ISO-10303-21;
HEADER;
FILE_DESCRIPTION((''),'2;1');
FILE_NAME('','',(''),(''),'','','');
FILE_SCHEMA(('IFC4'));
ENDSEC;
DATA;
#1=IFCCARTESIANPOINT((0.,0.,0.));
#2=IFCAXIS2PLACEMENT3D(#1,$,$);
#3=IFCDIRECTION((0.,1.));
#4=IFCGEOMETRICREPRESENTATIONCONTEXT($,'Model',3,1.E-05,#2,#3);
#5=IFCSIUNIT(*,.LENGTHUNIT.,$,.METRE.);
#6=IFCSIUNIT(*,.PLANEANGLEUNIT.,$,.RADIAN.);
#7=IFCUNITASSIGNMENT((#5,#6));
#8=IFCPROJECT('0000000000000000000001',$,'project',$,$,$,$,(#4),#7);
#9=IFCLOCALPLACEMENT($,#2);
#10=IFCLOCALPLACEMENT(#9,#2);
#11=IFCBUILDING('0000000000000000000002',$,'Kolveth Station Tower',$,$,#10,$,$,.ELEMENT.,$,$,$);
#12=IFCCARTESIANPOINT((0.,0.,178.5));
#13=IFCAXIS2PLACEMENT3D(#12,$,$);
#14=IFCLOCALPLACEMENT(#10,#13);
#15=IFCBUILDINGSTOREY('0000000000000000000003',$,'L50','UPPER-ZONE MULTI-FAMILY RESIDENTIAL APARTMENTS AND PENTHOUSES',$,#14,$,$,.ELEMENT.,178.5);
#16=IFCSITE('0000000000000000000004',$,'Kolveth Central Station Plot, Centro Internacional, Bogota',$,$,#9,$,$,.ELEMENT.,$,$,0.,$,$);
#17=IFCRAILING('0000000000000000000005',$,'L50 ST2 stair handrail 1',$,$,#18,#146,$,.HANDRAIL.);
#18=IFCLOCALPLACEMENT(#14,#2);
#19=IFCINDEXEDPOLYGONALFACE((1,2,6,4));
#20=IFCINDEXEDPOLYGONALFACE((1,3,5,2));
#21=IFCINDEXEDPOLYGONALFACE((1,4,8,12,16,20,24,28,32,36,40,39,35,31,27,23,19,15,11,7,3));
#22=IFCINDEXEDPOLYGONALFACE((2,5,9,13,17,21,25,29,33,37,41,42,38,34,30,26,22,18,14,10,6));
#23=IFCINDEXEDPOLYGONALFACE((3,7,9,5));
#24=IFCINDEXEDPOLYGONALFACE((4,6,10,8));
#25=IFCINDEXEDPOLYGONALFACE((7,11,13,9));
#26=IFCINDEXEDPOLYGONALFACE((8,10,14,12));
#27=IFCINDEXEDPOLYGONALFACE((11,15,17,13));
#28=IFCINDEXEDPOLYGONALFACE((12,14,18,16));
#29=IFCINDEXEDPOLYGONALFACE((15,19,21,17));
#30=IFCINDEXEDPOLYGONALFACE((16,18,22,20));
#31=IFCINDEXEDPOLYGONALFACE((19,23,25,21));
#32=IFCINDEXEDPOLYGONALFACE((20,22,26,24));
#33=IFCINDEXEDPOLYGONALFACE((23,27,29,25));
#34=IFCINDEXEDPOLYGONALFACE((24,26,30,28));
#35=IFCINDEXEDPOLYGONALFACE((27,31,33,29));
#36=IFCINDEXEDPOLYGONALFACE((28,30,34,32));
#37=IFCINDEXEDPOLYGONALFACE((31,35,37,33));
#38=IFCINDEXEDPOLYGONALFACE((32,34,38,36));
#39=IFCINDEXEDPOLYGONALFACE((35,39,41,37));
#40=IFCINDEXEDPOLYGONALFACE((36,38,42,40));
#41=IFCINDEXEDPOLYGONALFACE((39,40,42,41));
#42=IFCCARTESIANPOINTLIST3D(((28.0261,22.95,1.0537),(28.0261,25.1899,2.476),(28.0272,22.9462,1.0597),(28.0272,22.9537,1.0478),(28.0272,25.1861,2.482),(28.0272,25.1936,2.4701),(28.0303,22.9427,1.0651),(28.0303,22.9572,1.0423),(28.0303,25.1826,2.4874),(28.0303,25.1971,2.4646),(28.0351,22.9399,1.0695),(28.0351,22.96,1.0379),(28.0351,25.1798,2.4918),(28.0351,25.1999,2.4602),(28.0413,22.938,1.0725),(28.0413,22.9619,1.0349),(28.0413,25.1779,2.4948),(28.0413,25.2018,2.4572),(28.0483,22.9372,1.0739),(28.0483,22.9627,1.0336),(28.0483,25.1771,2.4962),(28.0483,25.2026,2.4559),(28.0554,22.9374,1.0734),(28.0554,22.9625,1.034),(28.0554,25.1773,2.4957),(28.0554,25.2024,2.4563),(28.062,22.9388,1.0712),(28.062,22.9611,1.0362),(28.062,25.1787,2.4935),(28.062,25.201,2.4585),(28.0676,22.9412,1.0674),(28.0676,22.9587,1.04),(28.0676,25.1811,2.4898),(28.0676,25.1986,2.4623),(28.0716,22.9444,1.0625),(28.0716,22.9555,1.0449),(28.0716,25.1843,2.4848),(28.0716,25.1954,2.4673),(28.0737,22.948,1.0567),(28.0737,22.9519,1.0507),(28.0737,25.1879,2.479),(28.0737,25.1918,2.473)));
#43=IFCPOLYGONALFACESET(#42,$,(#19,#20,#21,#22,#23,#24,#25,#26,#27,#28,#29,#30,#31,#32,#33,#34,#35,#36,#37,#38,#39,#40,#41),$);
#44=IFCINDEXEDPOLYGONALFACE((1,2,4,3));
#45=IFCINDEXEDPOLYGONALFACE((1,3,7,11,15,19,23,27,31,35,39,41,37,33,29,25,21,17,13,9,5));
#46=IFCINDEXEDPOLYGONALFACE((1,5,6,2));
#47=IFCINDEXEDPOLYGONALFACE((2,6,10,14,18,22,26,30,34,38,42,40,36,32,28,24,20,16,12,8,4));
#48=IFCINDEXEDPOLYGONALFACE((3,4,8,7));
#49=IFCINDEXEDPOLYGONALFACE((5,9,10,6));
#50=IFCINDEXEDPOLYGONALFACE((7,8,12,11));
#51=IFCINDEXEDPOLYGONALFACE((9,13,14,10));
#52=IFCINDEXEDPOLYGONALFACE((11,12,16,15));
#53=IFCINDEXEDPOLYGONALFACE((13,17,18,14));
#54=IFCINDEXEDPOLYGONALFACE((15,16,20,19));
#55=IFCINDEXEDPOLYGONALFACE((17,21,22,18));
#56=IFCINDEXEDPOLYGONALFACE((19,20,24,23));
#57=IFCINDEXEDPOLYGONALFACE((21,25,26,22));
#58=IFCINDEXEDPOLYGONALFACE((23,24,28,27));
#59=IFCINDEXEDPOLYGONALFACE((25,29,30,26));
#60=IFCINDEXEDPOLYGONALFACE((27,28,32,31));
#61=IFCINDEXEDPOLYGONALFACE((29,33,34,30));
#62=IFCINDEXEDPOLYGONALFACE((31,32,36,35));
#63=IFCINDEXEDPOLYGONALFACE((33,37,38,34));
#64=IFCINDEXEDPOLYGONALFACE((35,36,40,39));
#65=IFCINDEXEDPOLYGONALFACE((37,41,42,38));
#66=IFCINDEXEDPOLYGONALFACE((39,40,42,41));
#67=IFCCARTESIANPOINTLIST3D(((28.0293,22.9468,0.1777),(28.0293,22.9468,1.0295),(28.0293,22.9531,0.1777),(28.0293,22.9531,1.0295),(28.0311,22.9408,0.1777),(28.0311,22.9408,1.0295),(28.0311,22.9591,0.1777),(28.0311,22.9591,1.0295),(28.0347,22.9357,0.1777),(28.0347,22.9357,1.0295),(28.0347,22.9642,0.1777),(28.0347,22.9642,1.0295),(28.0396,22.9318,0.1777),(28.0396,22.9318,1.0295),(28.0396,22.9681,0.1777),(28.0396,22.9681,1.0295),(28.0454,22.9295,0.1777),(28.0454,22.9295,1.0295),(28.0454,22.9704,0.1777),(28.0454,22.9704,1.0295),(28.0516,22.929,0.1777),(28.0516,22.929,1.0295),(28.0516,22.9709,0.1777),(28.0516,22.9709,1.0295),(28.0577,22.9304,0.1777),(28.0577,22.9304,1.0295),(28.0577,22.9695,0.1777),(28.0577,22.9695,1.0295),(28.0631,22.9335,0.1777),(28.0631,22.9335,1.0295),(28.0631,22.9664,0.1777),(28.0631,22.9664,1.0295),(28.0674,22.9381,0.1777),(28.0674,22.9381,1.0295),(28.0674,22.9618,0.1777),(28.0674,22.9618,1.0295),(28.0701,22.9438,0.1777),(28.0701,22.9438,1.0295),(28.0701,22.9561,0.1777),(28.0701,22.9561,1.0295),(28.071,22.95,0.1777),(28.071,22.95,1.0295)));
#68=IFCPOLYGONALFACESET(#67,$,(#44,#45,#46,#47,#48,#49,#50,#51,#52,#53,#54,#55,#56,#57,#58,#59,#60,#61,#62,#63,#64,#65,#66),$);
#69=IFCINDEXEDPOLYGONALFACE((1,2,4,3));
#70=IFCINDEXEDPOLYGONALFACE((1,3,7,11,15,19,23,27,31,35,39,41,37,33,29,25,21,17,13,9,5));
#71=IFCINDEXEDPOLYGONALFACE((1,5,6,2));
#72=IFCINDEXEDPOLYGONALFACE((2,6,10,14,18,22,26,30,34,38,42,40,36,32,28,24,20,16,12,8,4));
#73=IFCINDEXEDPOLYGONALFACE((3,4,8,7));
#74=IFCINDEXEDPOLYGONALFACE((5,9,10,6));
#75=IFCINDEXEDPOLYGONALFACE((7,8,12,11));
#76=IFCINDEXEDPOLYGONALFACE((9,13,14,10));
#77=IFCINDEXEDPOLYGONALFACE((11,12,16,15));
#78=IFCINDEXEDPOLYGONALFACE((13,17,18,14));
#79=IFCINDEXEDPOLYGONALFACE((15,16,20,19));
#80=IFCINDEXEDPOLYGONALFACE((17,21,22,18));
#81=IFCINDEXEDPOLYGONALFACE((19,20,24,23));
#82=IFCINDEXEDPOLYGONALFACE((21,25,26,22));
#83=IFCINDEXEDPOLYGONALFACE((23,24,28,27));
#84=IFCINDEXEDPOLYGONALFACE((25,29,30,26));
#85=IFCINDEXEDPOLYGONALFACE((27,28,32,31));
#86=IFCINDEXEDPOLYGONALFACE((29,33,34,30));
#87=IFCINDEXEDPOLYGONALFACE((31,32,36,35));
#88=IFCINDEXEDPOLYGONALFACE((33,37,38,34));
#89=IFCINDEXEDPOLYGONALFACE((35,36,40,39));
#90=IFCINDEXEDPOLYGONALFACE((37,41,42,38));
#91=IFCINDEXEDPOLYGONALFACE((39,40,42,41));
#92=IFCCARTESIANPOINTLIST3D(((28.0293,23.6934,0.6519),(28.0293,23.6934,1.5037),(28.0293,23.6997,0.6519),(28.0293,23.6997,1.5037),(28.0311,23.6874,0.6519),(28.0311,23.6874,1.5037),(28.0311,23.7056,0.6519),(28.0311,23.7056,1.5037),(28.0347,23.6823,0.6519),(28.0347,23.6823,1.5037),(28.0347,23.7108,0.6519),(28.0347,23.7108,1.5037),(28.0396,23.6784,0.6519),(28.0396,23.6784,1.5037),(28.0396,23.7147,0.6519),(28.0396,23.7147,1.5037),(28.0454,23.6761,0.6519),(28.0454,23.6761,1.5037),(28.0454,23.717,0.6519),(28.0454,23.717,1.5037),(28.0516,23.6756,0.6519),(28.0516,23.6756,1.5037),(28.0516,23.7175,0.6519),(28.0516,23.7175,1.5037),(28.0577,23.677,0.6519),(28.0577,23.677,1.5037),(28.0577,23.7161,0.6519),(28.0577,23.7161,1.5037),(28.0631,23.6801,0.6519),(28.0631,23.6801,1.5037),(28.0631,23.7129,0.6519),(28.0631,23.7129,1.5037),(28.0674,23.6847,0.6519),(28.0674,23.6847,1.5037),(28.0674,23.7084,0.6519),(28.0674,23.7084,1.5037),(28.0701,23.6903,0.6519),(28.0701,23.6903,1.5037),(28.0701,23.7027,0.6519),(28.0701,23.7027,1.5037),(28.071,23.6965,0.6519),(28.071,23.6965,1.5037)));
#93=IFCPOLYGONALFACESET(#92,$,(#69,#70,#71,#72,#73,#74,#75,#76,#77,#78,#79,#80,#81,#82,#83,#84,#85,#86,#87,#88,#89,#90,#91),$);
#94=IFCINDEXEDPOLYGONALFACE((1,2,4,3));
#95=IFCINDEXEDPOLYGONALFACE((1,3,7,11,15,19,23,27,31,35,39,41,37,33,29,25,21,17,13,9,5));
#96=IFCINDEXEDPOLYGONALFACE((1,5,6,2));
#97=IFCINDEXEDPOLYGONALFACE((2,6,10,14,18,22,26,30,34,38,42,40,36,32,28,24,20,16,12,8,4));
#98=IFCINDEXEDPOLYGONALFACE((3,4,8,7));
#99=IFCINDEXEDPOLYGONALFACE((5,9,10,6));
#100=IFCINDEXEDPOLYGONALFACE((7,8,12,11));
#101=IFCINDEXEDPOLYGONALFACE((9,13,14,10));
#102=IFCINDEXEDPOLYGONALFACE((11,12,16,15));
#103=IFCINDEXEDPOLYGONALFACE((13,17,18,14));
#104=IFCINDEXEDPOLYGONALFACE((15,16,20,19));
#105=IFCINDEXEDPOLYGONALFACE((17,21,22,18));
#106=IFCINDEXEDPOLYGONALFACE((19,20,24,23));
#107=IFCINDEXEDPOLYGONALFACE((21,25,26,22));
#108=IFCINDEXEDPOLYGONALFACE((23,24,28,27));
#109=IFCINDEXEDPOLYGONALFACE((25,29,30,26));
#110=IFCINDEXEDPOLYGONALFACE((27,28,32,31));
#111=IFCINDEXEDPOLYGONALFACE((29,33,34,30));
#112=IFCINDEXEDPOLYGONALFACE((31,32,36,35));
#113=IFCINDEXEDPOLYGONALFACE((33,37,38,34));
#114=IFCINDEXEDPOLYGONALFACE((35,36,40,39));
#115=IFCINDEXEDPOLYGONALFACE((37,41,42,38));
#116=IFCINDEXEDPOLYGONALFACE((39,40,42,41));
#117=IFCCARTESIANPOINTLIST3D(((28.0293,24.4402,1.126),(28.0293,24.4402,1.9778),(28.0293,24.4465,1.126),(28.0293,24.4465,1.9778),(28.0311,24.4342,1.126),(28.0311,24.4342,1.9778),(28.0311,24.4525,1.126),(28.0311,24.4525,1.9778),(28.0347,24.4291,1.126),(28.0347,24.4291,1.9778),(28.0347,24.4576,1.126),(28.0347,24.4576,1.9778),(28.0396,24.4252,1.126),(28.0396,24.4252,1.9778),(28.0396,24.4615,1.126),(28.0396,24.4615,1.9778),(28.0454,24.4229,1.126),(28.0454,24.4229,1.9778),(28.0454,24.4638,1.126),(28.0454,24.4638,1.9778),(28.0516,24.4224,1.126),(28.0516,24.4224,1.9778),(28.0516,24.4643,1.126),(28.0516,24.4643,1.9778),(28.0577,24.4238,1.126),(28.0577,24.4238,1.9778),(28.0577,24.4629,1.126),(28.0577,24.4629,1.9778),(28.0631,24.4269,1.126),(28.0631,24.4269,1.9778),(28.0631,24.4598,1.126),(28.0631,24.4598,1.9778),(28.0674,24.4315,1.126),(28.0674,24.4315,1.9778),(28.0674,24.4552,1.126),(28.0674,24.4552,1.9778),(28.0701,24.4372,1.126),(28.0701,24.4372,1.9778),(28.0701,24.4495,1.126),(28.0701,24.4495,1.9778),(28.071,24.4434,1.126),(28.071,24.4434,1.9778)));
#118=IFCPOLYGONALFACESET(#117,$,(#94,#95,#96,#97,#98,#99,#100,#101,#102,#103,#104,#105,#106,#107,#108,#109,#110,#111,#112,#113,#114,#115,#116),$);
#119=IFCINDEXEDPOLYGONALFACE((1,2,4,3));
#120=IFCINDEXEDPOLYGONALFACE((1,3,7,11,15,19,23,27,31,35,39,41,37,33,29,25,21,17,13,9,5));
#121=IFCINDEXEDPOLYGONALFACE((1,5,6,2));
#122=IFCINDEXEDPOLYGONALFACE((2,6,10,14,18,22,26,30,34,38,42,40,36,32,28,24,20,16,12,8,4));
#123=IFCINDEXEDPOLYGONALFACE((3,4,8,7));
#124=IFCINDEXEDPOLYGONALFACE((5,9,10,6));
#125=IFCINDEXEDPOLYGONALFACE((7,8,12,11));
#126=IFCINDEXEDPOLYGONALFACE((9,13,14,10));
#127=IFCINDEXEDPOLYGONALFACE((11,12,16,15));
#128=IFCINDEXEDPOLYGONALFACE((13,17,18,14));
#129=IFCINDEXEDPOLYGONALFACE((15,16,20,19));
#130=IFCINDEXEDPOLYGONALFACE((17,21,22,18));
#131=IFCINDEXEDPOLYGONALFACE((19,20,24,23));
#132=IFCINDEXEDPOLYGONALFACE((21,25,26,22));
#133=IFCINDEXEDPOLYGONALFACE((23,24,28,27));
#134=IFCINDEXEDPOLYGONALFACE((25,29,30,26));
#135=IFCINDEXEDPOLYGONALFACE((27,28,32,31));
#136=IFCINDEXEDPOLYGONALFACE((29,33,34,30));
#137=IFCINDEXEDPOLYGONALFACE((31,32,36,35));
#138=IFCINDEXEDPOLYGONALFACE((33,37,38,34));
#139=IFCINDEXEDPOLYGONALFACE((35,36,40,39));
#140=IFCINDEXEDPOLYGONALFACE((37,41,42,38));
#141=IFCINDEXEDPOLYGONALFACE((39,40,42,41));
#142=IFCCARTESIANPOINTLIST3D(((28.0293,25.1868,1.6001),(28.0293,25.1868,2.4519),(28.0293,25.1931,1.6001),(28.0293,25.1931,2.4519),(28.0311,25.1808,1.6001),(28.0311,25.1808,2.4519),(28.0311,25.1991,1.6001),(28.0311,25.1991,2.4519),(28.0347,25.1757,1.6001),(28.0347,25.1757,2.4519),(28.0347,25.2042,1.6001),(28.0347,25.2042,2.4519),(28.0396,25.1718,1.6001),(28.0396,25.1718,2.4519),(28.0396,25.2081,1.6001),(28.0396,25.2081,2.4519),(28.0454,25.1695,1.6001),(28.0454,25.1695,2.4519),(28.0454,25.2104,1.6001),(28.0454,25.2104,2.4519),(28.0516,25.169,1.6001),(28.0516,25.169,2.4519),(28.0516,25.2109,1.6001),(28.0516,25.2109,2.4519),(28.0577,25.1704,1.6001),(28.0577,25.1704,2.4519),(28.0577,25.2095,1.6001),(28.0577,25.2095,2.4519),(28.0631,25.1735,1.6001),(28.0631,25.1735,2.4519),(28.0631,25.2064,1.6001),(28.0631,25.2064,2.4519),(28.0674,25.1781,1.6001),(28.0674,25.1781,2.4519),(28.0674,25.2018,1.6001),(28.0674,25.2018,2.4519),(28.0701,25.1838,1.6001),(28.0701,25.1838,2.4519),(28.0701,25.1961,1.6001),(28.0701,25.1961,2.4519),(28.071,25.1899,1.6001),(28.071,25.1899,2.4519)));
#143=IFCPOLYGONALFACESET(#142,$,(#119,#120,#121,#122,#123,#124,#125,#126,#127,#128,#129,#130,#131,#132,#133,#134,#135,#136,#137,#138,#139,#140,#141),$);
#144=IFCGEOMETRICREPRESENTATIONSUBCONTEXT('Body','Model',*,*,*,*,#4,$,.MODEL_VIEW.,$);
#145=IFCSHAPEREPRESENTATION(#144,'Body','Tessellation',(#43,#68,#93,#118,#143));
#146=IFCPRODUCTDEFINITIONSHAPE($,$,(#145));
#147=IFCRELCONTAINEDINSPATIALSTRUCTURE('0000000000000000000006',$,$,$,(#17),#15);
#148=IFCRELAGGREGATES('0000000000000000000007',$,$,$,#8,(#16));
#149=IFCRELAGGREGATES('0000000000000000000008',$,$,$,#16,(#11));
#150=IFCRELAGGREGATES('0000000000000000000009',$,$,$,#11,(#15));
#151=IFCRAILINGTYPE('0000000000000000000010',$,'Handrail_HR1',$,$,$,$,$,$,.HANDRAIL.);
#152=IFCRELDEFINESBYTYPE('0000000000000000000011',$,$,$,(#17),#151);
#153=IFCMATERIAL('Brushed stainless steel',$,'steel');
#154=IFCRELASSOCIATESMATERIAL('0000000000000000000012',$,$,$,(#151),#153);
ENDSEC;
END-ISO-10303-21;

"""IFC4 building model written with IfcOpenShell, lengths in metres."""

from ifc_helpers import new_model, si_unit, direction, frame, origin, origin_2d, place, context, subcontext, project, spatial, circle, extrude, material, type_object, element, save


model = new_model("IFC4")

# Units and contexts
model_context = context("Model", 3, precision=1e-05, world=origin(), true_north=direction((0.0, 1.0)))
body_context = subcontext(model_context, "Body", "Model", "MODEL_VIEW")
ifc_project = project(units=[si_unit("LENGTHUNIT", "METRE"), si_unit("PLANEANGLEUNIT", "RADIAN")], contexts=[model_context])

# Site, building, storey
site_placement = place(None, origin())
site = spatial("IfcSite", under=ifc_project, at=site_placement, Name="Kolveth Central Station Plot, Centro Internacional, Bogota", CompositionType="ELEMENT", RefElevation=0.0)
building_placement = place(site_placement, origin())
building = spatial("IfcBuilding", under=site, at=building_placement, Name="Kolveth Station Tower", CompositionType="ELEMENT")
storey_placement = place(building_placement, frame((0.0, 0.0, 178.5)))
storey = spatial("IfcBuildingStorey", under=building, at=storey_placement, Name="L50", Description="UPPER-ZONE MULTI-FAMILY RESIDENTIAL APARTMENTS AND PENTHOUSES", CompositionType="ELEMENT", Elevation=178.5)

# Railing
ifc_material_1 = material(Name="Brushed stainless steel", Category="steel")
railing_type_1 = type_object("IfcRailingType", Name="Handrail_HR1", PredefinedType="HANDRAIL", material=ifc_material_1)
for number, where, name in (
    (1, (28.05, 22.95, 0.1777), "L50 ST2 stair handrail 1"),
):
    element("IfcRailing", number, at=place(storey_placement, frame(where)), inside=storey, type_object=railing_type_1, Name=name, PredefinedType="HANDRAIL", context=body_context, shape_type="SweptSolid", body=[
        extrude(circle(Radius=0.0239, at=origin_2d()), frame((0.0, 0.0, 0.876), z_axis=(0.0, 0.844188, 0.536048), x_axis=(-1.0, 0.0, 0.0)), (0.0, 0.0, 1.0), 2.6533),
        extrude(circle(Radius=0.021, at=origin_2d()), origin(), (0.0, 0.0, 1.0), 0.8518),
        extrude(circle(Radius=0.021, at=origin_2d()), frame((0.0, 0.7466, 0.4741)), (0.0, 0.0, 1.0), 0.8518),
        extrude(circle(Radius=0.021, at=origin_2d()), frame((0.0, 1.4934, 0.9482)), (0.0, 0.0, 1.0), 0.8518),
        extrude(circle(Radius=0.021, at=origin_2d()), frame((0.0, 2.24, 1.4224)), (0.0, 0.0, 1.0), 0.8518),
    ])

save(model, "model.ifc")
